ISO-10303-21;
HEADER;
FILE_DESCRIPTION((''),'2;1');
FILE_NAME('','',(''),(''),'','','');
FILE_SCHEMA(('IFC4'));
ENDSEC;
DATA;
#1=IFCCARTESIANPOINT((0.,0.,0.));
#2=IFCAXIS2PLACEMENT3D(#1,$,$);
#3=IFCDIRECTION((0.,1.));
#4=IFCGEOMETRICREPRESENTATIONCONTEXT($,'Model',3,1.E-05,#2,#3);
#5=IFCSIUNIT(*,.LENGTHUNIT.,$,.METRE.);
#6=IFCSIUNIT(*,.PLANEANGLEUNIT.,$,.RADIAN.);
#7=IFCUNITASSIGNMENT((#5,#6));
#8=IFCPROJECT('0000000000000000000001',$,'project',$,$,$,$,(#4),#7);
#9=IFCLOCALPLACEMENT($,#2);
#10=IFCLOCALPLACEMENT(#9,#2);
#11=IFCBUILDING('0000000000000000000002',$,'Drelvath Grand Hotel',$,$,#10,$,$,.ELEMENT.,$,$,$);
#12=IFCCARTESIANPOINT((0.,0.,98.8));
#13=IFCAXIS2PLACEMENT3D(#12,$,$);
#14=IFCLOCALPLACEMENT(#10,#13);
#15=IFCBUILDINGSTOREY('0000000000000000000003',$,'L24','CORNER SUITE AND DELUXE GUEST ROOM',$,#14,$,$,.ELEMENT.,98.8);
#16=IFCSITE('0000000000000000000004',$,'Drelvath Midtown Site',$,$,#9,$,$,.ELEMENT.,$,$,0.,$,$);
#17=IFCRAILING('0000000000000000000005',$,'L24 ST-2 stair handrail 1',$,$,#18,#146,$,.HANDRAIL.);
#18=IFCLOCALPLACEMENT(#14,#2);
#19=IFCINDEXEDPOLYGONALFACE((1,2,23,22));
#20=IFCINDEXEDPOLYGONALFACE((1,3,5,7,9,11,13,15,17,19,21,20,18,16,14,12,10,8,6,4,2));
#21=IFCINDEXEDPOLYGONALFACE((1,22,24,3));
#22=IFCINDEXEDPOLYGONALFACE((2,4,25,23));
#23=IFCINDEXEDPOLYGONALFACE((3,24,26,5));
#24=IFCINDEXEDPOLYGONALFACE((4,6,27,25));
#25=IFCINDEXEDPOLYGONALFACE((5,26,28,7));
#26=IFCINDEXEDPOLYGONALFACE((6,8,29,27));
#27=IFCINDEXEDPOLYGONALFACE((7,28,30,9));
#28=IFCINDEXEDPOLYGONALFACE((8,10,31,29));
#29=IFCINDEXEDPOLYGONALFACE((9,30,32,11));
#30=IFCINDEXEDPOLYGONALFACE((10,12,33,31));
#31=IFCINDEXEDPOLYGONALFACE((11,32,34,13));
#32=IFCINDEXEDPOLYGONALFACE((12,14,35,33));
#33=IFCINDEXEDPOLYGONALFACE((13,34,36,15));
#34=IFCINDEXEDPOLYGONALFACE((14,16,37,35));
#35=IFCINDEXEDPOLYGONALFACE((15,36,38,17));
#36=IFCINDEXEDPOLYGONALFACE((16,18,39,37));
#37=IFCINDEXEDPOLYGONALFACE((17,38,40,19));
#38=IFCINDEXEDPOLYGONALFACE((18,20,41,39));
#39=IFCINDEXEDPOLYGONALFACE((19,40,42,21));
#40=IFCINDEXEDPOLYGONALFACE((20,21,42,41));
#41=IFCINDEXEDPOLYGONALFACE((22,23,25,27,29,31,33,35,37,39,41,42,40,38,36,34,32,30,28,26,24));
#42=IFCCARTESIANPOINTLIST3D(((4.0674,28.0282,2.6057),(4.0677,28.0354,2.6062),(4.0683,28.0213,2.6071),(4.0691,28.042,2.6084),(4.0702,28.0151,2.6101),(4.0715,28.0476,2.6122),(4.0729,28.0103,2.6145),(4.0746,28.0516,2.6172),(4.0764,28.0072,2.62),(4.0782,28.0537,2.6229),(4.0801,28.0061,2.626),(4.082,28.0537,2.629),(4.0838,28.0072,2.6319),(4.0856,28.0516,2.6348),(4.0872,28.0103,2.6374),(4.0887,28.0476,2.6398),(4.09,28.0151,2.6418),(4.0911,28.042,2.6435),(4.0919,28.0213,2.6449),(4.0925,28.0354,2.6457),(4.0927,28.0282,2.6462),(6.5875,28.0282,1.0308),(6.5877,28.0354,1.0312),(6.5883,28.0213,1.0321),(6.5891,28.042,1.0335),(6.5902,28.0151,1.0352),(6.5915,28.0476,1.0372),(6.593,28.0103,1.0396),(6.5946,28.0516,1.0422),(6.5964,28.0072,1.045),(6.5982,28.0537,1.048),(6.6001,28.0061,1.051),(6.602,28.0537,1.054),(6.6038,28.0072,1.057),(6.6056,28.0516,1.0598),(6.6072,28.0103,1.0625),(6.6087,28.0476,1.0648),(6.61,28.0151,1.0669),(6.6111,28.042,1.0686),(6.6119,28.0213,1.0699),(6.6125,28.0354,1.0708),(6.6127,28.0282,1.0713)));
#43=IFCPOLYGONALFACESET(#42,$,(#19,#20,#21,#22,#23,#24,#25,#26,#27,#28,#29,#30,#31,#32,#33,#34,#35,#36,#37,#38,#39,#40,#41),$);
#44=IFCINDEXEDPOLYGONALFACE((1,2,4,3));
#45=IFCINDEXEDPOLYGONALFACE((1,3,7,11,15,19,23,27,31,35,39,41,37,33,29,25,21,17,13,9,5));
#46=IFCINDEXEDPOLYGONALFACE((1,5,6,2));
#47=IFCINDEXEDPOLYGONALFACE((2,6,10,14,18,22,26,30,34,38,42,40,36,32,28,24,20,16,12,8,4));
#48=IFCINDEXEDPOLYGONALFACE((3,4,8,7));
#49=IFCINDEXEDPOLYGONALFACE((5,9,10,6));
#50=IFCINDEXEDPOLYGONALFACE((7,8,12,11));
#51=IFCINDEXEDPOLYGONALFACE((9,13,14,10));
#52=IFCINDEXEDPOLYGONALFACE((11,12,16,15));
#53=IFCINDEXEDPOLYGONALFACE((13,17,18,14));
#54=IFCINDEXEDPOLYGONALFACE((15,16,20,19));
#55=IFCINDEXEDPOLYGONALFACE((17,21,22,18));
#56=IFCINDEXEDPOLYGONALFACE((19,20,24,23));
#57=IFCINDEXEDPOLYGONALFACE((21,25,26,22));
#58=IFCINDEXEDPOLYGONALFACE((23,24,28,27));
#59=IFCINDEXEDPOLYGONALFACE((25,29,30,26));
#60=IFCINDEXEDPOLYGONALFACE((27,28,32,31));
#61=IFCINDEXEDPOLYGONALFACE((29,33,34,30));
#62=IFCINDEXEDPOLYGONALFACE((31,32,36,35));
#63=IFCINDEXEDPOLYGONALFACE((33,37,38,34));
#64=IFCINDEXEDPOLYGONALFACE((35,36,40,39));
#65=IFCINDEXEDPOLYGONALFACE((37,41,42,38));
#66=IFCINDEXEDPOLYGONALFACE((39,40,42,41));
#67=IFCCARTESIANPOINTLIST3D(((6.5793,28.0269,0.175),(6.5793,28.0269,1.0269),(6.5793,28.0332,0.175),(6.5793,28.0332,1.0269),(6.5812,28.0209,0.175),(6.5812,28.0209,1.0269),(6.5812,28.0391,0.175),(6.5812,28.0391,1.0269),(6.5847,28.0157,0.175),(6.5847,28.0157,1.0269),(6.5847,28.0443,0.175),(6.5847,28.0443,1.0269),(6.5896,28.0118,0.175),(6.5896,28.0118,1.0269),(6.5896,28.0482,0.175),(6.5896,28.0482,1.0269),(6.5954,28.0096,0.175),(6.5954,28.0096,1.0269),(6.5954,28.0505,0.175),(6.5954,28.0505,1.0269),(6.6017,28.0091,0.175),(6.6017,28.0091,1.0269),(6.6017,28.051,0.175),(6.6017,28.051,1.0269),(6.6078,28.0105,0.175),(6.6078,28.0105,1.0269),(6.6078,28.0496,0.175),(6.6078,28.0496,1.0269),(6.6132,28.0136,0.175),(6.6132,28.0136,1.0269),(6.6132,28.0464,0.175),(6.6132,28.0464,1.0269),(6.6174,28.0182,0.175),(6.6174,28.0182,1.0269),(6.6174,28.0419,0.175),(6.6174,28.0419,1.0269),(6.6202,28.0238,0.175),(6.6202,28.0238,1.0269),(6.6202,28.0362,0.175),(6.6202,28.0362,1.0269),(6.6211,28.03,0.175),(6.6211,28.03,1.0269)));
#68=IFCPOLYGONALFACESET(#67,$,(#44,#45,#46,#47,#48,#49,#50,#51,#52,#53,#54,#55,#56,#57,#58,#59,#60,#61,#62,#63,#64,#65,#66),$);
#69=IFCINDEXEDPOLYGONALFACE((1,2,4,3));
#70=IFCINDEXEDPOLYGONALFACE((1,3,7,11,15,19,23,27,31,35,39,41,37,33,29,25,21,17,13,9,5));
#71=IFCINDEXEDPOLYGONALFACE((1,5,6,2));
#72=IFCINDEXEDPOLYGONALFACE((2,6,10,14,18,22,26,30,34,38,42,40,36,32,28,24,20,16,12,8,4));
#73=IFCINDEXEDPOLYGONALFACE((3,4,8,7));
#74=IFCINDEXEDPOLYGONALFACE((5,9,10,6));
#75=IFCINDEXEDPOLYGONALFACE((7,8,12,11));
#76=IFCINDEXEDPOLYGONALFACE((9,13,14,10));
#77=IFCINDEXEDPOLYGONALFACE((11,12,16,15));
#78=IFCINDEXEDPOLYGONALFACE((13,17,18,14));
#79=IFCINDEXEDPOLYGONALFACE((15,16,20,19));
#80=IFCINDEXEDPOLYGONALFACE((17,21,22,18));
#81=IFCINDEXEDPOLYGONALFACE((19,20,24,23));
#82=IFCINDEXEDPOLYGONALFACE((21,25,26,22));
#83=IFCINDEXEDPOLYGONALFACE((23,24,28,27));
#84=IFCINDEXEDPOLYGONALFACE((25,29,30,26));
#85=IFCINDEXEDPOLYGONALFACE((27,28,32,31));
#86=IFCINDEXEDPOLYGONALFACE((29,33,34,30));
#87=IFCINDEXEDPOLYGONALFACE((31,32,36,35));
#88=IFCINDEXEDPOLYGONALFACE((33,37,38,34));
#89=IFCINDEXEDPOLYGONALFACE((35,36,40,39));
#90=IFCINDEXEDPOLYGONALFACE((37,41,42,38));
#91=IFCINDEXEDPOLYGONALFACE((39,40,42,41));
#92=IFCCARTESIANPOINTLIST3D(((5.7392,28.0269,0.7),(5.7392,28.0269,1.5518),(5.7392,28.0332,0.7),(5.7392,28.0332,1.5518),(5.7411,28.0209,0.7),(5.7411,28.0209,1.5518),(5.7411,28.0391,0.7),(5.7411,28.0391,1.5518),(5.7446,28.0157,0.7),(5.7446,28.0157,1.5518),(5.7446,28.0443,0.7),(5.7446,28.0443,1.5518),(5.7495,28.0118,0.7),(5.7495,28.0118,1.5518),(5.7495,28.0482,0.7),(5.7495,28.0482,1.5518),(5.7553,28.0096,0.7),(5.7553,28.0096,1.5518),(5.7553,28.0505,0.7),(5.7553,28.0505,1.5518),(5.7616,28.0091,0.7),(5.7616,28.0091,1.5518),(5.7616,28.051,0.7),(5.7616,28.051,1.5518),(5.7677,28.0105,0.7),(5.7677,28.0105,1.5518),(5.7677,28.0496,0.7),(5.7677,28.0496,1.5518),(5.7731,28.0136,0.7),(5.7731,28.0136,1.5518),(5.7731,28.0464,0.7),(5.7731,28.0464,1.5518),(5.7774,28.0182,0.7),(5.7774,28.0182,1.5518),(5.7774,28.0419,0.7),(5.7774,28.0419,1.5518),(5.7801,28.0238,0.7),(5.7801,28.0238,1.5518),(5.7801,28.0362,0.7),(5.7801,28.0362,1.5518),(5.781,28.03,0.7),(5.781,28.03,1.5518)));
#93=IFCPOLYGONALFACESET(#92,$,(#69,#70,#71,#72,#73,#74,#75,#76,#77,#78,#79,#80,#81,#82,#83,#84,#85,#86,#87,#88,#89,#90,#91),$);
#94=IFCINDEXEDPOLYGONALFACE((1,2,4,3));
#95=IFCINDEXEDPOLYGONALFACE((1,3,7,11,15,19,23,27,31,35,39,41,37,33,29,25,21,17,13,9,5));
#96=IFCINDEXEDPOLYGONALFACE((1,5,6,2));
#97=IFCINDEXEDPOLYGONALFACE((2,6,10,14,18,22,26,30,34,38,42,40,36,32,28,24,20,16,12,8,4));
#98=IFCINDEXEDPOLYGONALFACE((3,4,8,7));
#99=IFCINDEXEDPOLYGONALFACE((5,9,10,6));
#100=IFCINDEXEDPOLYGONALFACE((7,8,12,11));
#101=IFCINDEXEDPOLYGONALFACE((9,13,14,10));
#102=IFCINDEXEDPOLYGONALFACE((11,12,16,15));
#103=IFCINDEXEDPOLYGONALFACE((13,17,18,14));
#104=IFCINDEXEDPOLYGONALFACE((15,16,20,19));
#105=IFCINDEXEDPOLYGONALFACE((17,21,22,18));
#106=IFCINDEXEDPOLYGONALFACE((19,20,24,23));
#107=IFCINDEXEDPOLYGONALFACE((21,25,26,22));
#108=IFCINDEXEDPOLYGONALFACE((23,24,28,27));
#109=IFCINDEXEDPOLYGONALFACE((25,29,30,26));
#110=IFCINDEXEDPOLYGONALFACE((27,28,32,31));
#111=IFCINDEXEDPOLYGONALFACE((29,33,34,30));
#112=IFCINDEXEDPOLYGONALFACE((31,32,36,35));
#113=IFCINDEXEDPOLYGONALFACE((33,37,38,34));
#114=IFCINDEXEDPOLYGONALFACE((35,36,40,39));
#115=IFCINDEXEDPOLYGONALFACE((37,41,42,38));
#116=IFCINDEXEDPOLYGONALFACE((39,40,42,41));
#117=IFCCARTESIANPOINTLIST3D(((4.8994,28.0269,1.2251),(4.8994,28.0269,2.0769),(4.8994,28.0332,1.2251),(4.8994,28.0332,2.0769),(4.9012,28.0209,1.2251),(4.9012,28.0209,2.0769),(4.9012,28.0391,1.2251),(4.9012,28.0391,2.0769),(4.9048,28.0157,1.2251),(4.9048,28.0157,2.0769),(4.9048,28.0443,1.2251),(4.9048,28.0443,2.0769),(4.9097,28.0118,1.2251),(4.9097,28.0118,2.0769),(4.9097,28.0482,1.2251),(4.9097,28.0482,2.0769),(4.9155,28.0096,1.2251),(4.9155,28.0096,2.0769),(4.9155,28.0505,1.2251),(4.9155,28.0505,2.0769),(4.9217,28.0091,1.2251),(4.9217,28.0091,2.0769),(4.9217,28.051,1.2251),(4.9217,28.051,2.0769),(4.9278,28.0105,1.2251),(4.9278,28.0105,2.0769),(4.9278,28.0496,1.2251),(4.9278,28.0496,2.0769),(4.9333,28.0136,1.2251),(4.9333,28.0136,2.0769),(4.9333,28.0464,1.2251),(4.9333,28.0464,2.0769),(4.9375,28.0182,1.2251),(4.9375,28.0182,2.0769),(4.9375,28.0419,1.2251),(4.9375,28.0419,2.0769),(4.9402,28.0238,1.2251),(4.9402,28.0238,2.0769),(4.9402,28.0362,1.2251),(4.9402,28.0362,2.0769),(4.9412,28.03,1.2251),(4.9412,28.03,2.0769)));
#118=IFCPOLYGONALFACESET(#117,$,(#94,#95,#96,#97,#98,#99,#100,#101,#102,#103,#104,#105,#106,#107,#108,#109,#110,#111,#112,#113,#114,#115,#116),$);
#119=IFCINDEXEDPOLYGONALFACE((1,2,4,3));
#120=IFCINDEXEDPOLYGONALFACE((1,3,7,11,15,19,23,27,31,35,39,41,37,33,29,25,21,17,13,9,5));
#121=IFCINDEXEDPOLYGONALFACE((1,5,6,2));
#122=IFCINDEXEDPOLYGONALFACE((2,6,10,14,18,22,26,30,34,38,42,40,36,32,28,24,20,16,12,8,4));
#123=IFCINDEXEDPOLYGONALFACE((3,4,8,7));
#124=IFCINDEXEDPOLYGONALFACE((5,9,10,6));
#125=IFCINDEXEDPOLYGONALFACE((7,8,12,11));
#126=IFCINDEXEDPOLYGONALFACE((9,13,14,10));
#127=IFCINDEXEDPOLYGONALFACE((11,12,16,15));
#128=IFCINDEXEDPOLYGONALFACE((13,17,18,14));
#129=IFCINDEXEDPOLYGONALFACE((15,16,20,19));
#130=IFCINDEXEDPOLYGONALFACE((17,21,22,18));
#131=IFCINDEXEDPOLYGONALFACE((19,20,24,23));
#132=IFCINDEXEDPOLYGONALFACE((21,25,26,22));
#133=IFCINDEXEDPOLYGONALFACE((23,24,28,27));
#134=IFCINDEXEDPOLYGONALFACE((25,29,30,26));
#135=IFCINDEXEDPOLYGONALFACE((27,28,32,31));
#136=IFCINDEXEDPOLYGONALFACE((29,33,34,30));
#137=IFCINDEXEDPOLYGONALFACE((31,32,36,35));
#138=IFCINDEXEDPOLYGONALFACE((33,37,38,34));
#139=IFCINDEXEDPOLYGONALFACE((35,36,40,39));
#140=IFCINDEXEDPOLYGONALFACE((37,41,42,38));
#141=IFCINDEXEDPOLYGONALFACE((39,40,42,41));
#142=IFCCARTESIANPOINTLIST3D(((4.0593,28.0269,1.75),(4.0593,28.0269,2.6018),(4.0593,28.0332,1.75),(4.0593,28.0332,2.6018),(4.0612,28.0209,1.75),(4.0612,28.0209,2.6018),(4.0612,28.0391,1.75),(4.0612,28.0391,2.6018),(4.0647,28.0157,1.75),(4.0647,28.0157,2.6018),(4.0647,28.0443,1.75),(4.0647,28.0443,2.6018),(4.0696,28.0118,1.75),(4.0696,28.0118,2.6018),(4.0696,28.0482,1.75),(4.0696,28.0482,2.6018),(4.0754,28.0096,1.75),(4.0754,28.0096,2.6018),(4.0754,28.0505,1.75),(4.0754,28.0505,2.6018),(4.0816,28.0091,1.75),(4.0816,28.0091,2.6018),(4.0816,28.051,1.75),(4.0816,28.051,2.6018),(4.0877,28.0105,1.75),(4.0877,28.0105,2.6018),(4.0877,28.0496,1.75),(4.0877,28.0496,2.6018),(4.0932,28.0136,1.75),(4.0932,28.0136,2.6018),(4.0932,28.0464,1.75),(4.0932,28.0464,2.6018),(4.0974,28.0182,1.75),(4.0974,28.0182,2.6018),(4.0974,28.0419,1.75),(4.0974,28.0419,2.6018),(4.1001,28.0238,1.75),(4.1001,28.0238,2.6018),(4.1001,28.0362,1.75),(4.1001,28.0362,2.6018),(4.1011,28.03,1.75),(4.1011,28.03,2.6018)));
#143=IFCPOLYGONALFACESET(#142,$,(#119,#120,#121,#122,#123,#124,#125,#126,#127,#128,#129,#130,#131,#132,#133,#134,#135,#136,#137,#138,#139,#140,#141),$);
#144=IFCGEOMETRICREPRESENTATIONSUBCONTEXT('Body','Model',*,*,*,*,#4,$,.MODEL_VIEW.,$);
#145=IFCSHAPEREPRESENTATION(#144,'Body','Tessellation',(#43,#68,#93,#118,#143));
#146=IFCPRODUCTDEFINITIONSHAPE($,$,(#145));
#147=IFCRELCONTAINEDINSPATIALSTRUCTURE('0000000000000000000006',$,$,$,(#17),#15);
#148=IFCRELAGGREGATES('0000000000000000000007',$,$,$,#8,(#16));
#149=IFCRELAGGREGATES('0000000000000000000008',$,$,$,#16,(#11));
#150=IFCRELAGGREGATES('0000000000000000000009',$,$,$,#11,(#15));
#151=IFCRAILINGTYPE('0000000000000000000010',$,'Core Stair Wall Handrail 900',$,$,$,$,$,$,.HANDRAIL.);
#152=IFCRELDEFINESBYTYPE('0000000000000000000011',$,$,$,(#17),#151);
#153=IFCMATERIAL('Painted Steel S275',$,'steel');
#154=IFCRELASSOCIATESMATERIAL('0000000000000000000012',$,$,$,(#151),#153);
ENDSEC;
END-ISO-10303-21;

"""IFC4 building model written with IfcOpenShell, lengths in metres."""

from ifc_helpers import new_model, si_unit, direction, frame, origin, origin_2d, place, context, subcontext, project, spatial, circle, extrude, material, type_object, element, save


model = new_model("IFC4")

# Units and contexts
model_context = context("Model", 3, precision=1e-05, world=origin(), true_north=direction((0.0, 1.0)))
body_context = subcontext(model_context, "Body", "Model", "MODEL_VIEW")
ifc_project = project(units=[si_unit("LENGTHUNIT", "METRE"), si_unit("PLANEANGLEUNIT", "RADIAN")], contexts=[model_context])

# Site, building, storey
site_placement = place(None, origin())
site = spatial("IfcSite", under=ifc_project, at=site_placement, Name="Drelvath Midtown Site", CompositionType="ELEMENT", RefElevation=0.0)
building_placement = place(site_placement, origin())
building = spatial("IfcBuilding", under=site, at=building_placement, Name="Drelvath Grand Hotel", CompositionType="ELEMENT")
storey_placement = place(building_placement, frame((0.0, 0.0, 98.8)))
storey = spatial("IfcBuildingStorey", under=building, at=storey_placement, Name="L24", Description="CORNER SUITE AND DELUXE GUEST ROOM", CompositionType="ELEMENT", Elevation=98.8)

# Shared definitions
ifc_material_1 = material(Name="Painted Steel S275", Category="steel")

# Railing
railing_type_1 = type_object("IfcRailingType", Name="Core Stair Wall Handrail 900", PredefinedType="HANDRAIL", material=ifc_material_1)
railing_1_placement = place(storey_placement, frame((6.6001, 28.03, 0.175)))
element("IfcRailing", 1, at=railing_1_placement, inside=storey, type_object=railing_type_1, Name="L24 ST-2 stair handrail 1", PredefinedType="HANDRAIL", context=body_context, shape_type="SweptSolid", body=[
    extrude(circle(Radius=0.0239, at=origin_2d()), frame((0.0, 0.0, 0.876), z_axis=(-0.848008, 0.0, 0.529984), x_axis=(0.0, -1.0, 0.0)), (0.0, 0.0, 1.0), 2.9717),
    extrude(circle(Radius=0.021, at=origin_2d()), origin(), (0.0, 0.0, 1.0), 0.8518),
    extrude(circle(Radius=0.021, at=origin_2d()), frame((-0.8401, 0.0, 0.5249)), (0.0, 0.0, 1.0), 0.8518),
    extrude(circle(Radius=0.021, at=origin_2d()), frame((-1.6799, 0.0, 1.05)), (0.0, 0.0, 1.0), 0.8518),
    extrude(circle(Radius=0.021, at=origin_2d()), frame((-2.52, 0.0, 1.575)), (0.0, 0.0, 1.0), 0.8518),
])

save(model, "model.ifc")
